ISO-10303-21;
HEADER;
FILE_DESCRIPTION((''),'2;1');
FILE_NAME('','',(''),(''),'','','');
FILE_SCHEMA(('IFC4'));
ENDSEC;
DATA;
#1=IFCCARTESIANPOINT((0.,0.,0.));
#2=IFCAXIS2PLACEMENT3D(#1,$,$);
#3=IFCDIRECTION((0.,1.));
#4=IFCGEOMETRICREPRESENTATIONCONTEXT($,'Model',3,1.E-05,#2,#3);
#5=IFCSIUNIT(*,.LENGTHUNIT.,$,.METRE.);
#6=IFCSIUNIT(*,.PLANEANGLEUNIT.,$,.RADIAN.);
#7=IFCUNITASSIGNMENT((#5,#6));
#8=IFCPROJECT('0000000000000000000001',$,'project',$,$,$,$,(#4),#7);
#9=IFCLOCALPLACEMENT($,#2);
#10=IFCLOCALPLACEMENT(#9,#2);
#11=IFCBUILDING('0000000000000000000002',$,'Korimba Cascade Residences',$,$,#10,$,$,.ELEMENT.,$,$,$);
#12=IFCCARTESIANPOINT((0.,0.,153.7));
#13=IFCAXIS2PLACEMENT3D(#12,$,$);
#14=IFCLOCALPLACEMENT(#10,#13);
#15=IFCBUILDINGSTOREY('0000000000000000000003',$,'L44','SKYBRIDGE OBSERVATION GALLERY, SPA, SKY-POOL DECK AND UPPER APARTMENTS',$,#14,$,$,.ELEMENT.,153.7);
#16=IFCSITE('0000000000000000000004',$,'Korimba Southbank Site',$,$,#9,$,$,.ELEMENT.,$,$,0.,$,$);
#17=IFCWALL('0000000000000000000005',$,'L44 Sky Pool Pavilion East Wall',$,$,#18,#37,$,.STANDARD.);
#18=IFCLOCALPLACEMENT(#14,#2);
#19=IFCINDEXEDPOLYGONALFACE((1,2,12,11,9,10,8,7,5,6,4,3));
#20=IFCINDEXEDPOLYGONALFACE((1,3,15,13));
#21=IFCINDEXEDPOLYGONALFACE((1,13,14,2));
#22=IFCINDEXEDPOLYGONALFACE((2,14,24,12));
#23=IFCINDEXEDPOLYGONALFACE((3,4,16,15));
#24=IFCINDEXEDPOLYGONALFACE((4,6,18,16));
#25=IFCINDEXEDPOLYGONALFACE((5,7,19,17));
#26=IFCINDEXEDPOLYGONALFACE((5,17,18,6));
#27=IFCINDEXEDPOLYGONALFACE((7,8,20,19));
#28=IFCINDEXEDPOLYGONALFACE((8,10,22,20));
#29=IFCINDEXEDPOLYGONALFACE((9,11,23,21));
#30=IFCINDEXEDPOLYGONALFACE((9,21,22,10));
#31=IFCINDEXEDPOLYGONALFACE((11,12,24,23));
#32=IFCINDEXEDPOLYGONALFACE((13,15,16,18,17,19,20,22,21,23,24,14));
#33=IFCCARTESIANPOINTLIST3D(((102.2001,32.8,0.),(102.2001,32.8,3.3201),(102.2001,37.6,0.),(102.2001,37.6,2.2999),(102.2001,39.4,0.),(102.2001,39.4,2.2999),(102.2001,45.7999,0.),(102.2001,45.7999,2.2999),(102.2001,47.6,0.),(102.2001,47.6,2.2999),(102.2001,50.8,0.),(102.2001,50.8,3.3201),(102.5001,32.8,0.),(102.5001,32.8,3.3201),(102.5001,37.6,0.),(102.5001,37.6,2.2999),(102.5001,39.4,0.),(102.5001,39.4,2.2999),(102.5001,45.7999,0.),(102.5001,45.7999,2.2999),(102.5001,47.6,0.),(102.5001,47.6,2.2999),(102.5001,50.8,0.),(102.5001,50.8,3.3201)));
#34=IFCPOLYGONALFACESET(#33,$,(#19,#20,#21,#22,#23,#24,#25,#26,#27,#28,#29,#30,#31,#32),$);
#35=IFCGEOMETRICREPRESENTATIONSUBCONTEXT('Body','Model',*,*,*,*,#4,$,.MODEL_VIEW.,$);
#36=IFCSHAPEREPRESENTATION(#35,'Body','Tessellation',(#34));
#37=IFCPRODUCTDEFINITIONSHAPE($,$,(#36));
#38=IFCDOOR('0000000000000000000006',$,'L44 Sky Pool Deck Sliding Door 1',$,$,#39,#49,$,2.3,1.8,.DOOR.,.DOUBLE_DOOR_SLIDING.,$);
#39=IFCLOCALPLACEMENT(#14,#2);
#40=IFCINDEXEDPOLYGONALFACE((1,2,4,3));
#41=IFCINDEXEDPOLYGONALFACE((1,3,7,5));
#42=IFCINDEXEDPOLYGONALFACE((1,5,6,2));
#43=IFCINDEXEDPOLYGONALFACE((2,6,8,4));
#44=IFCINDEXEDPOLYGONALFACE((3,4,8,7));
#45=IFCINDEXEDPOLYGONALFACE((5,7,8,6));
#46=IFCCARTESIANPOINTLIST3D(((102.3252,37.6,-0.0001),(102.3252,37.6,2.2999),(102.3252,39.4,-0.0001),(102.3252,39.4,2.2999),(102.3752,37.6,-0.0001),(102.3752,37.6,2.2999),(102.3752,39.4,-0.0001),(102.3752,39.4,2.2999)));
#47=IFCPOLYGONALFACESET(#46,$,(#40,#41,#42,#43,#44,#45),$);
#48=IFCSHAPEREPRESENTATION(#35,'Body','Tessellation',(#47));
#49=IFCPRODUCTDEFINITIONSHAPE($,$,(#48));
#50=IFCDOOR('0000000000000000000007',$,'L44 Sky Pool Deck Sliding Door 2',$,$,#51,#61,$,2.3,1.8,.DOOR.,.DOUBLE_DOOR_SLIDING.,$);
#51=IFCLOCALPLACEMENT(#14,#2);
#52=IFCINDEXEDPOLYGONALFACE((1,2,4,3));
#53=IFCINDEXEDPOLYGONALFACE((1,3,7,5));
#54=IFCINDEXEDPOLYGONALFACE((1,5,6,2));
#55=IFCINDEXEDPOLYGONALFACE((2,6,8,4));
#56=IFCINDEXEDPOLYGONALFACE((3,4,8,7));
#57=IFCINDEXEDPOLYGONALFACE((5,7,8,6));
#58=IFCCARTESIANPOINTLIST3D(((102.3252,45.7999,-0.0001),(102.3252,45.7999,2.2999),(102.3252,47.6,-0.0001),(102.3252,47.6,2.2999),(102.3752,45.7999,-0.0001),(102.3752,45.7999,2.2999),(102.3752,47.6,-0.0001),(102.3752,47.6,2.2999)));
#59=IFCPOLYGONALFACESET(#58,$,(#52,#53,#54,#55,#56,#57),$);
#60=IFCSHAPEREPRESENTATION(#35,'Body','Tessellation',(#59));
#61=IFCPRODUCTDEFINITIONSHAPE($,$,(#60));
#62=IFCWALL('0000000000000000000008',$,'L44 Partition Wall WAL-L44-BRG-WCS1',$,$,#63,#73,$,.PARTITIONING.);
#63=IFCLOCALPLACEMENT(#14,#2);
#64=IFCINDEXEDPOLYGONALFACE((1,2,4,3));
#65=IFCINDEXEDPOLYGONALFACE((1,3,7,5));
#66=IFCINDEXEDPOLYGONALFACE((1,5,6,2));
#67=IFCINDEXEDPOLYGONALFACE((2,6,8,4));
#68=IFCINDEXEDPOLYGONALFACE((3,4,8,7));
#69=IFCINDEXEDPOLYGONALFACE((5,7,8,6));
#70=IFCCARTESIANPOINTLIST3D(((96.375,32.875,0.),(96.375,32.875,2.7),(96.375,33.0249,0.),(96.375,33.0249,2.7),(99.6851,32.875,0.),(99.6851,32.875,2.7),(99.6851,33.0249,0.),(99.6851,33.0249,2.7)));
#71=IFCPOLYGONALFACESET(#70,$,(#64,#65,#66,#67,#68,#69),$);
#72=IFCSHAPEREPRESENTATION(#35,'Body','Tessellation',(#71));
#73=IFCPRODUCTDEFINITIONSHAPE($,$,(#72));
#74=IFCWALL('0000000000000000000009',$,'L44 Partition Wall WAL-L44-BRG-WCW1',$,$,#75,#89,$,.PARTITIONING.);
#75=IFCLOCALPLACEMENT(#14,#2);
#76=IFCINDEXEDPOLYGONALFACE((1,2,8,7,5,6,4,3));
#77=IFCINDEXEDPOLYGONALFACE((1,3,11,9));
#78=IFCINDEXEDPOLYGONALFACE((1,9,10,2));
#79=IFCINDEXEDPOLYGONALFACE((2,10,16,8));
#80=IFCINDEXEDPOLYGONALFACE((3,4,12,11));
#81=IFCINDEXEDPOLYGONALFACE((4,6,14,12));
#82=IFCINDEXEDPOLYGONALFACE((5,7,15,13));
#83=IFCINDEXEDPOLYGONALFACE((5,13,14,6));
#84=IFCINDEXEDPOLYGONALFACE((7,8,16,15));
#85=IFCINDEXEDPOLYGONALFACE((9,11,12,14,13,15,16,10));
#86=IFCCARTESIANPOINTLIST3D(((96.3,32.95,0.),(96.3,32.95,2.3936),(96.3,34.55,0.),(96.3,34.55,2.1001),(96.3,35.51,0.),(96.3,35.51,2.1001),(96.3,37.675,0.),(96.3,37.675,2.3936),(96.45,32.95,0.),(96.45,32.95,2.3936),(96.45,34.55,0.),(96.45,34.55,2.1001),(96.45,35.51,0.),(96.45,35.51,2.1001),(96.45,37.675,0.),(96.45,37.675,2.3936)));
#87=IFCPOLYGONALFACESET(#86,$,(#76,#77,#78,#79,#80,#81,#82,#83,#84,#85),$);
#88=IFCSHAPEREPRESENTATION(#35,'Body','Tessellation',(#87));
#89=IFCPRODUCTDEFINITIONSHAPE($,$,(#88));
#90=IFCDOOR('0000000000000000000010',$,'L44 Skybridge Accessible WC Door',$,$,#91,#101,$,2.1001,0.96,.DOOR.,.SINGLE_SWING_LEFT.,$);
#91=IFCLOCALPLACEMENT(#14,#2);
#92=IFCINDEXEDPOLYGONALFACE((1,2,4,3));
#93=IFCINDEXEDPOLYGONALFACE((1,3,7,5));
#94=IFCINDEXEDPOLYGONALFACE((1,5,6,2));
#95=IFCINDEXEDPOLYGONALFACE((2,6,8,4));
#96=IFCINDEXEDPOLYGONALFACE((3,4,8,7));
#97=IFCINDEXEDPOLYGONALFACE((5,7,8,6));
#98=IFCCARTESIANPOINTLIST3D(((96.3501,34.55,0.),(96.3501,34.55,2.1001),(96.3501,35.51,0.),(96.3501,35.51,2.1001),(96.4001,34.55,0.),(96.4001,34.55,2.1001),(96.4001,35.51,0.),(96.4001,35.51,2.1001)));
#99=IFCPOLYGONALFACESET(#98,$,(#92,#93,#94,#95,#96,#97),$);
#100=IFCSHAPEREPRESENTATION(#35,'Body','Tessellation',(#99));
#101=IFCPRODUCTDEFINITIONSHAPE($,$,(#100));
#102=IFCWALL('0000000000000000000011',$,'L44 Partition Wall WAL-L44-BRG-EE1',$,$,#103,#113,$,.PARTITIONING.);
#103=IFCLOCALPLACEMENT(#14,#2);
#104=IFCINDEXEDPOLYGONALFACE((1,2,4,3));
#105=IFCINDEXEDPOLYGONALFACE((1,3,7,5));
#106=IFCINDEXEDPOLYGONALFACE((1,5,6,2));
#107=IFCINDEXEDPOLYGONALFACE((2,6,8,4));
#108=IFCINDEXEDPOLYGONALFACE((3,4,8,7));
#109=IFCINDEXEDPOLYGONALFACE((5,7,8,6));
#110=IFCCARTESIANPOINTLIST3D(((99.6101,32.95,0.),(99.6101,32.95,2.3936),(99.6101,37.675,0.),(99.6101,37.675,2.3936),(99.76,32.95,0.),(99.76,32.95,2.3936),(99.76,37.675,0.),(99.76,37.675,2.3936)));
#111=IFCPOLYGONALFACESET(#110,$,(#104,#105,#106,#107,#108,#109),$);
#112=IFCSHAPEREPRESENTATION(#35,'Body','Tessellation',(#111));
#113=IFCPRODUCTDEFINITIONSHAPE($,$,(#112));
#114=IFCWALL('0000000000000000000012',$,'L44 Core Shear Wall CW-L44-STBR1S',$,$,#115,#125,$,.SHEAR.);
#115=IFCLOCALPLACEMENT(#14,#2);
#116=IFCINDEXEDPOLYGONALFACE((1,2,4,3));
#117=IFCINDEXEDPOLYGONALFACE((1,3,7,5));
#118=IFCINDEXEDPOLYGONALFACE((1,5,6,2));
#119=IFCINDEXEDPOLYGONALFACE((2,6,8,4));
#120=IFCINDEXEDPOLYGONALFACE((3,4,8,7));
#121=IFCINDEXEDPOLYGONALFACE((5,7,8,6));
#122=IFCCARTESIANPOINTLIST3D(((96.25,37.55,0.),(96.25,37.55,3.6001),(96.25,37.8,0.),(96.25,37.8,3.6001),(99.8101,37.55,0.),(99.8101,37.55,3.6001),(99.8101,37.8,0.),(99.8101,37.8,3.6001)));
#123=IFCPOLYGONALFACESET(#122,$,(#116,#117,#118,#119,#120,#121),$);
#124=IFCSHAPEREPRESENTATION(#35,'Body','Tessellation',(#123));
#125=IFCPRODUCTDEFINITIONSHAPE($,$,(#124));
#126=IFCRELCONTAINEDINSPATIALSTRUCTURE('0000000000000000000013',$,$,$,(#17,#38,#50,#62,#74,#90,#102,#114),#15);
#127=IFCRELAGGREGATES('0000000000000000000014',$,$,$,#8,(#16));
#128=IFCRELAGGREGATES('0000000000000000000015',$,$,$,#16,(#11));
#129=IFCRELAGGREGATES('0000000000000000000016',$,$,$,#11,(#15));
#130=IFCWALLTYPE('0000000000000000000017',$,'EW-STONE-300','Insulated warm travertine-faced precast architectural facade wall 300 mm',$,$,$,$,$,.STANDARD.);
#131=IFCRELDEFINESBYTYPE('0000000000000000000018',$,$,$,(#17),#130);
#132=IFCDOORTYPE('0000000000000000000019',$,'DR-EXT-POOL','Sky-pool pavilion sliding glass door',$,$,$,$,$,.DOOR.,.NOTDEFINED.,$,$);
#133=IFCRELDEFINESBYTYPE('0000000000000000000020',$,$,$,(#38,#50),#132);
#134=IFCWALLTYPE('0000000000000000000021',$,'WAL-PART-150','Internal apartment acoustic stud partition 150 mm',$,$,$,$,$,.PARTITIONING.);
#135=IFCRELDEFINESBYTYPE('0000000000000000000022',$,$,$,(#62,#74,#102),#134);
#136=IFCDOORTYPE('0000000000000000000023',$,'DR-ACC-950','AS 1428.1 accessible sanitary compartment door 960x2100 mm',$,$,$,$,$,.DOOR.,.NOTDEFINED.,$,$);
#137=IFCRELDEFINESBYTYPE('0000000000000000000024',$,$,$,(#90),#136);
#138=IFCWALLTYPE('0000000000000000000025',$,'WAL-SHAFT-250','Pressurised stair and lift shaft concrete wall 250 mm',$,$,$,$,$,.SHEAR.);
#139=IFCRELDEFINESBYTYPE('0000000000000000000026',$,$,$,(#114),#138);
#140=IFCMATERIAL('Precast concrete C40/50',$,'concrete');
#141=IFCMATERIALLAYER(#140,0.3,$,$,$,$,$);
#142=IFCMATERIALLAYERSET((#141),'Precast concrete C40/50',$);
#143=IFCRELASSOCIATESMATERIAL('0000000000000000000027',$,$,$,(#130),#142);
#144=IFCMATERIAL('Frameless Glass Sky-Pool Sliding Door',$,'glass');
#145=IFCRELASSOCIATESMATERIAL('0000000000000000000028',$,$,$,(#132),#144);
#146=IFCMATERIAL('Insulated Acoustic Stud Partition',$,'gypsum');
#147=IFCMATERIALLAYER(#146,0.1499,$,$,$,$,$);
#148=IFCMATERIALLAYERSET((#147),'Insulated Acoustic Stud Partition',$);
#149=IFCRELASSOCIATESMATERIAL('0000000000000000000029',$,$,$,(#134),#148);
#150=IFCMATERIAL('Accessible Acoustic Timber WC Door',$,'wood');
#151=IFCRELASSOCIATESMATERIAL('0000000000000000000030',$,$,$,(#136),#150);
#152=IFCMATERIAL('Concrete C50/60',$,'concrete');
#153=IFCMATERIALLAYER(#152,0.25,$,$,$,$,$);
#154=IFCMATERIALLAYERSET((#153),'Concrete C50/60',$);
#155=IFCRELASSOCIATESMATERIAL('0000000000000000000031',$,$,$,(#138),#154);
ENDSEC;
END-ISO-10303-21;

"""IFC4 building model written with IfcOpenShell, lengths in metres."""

from ifc_helpers import new_model, si_unit, direction, frame, frame_2d, origin, place, context, subcontext, project, spatial, rectangle, extrude, material, layer, layer_set, type_object, element, fill, save


model = new_model("IFC4")

# Units and contexts
model_context = context("Model", 3, precision=1e-05, world=origin(), true_north=direction((0.0, 1.0)))
body_context = subcontext(model_context, "Body", "Model", "MODEL_VIEW")
ifc_project = project(units=[si_unit("LENGTHUNIT", "METRE"), si_unit("PLANEANGLEUNIT", "RADIAN")], contexts=[model_context])

# Site, building, storey
site_placement = place(None, origin())
site = spatial("IfcSite", under=ifc_project, at=site_placement, Name="Korimba Southbank Site", CompositionType="ELEMENT", RefElevation=0.0)
building_placement = place(site_placement, origin())
building = spatial("IfcBuilding", under=site, at=building_placement, Name="Korimba Cascade Residences", CompositionType="ELEMENT")
storey_placement = place(building_placement, frame((0.0, 0.0, 153.7)))
storey = spatial("IfcBuildingStorey", under=building, at=storey_placement, Name="L44", Description="SKYBRIDGE OBSERVATION GALLERY, SPA, SKY-POOL DECK AND UPPER APARTMENTS", CompositionType="ELEMENT", Elevation=153.7)

# Wall, openings, doors
ifc_material_1 = material(Name="Precast concrete C40/50", Category="concrete")
ifc_layer_1 = layer(ifc_material_1, 0.3)
ifc_layer_set_1 = layer_set([ifc_layer_1], Name="Precast concrete C40/50")
wall_type_1 = type_object("IfcWallType", Name="EW-STONE-300", Description="Insulated warm travertine-faced precast architectural facade wall 300 mm", PredefinedType="STANDARD", material=ifc_layer_set_1)
wall_1_placement = place(storey_placement, frame((102.3501, 32.8, 0.0), z_axis=(0.0, 0.0, 1.0), x_axis=(0.0, 1.0, 0.0)))
wall_1 = element("IfcWall", 1, at=wall_1_placement, inside=storey, type_object=wall_type_1, Name="L44 Sky Pool Pavilion East Wall", PredefinedType="STANDARD", context=body_context, shape_type="SweptSolid", body=[
    extrude(rectangle(XDim=18.0, YDim=0.3, at=frame_2d((9.0, 0.0))), origin(), (0.0, 0.0, 1.0), 3.3201),
])
opening_1_placement = place(wall_1_placement, frame((4.8, 0.0, 0.0)))
opening_1 = element("IfcOpeningElement", 2, at=opening_1_placement, cuts=wall_1, PredefinedType="OPENING", context=body_context, shape_type="SweptSolid", body=[
    extrude(rectangle(XDim=1.8, YDim=2.3, at=frame_2d((0.8999, 1.1499))), frame((0.0, 0.1602, 0.0), z_axis=(0.0, -1.0, 0.0), x_axis=(1.0, 0.0, 0.0)), (0.0, 0.0, 1.0), 0.3201),
])
opening_2_placement = place(wall_1_placement, frame((13.0, 0.0, 0.0)))
opening_2 = element("IfcOpeningElement", 3, at=opening_2_placement, cuts=wall_1, PredefinedType="OPENING", context=body_context, shape_type="SweptSolid", body=[
    extrude(rectangle(XDim=1.8, YDim=2.3, at=frame_2d((0.8999, 1.1499))), frame((0.0, 0.1602, 0.0), z_axis=(0.0, -1.0, 0.0), x_axis=(1.0, 0.0, 0.0)), (0.0, 0.0, 1.0), 0.3201),
])
ifc_material_2 = material(Name="Frameless Glass Sky-Pool Sliding Door", Category="glass")
door_type_1 = type_object("IfcDoorType", Name="DR-EXT-POOL", Description="Sky-pool pavilion sliding glass door", OperationType="NOTDEFINED", PredefinedType="DOOR", material=ifc_material_2)
door_1_placement = place(opening_1_placement, origin())
door_1 = element("IfcDoor", 4, at=door_1_placement, inside=storey, type_object=door_type_1, Name="L44 Sky Pool Deck Sliding Door 1", OperationType="DOUBLE_DOOR_SLIDING", OverallHeight=2.3, OverallWidth=1.8, PredefinedType="DOOR", context=body_context, shape_type="SweptSolid", body=[
    extrude(rectangle(XDim=1.8, YDim=2.3, at=frame_2d((0.8999, 1.1499))), frame((0.0, 0.0249, 0.0), z_axis=(0.0, -1.0, 0.0), x_axis=(1.0, 0.0, 0.0)), (0.0, 0.0, 1.0), 0.05),
])
fill(opening_1, door_1)
door_2_placement = place(opening_2_placement, origin())
door_2 = element("IfcDoor", 5, at=door_2_placement, inside=storey, type_object=door_type_1, Name="L44 Sky Pool Deck Sliding Door 2", OperationType="DOUBLE_DOOR_SLIDING", OverallHeight=2.3, OverallWidth=1.8, PredefinedType="DOOR", context=body_context, shape_type="SweptSolid", body=[
    extrude(rectangle(XDim=1.8, YDim=2.3, at=frame_2d((0.8999, 1.1499))), frame((0.0, 0.0249, 0.0), z_axis=(0.0, -1.0, 0.0), x_axis=(1.0, 0.0, 0.0)), (0.0, 0.0, 1.0), 0.05),
])
fill(opening_2, door_2)

# Wall
ifc_material_3 = material(Name="Insulated Acoustic Stud Partition", Category="gypsum")
ifc_layer_2 = layer(ifc_material_3, 0.1499)
ifc_layer_set_2 = layer_set([ifc_layer_2], Name="Insulated Acoustic Stud Partition")
wall_type_2 = type_object("IfcWallType", Name="WAL-PART-150", Description="Internal apartment acoustic stud partition 150 mm", PredefinedType="PARTITIONING", material=ifc_layer_set_2)
wall_2_placement = place(storey_placement, frame((96.375, 32.95, 0.0), z_axis=(0.0, 0.0, 1.0), x_axis=(1.0, 0.0, 0.0)))
element("IfcWall", 6, at=wall_2_placement, inside=storey, type_object=wall_type_2, Name="L44 Partition Wall WAL-L44-BRG-WCS1", PredefinedType="PARTITIONING", context=body_context, shape_type="SweptSolid", body=[
    extrude(rectangle(XDim=3.3101, YDim=0.1499, at=frame_2d((1.655, 0.0))), origin(), (0.0, 0.0, 1.0), 2.7),
])

# Wall, opening, door
wall_3_placement = place(storey_placement, frame((96.375, 32.95, 0.0), z_axis=(0.0, 0.0, 1.0), x_axis=(0.0, 1.0, 0.0)))
wall_3 = element("IfcWall", 7, at=wall_3_placement, inside=storey, type_object=wall_type_2, Name="L44 Partition Wall WAL-L44-BRG-WCW1", PredefinedType="PARTITIONING", context=body_context, shape_type="SweptSolid", body=[
    extrude(rectangle(XDim=4.7251, YDim=0.1499, at=frame_2d((2.3625, 0.0))), origin(), (0.0, 0.0, 1.0), 2.3936),
])
opening_3_placement = place(wall_3_placement, frame((1.6001, 0.0, 0.0)))
opening_3 = element("IfcOpeningElement", 8, at=opening_3_placement, cuts=wall_3, PredefinedType="OPENING", context=body_context, shape_type="SweptSolid", body=[
    extrude(rectangle(XDim=0.96, YDim=2.1001, at=frame_2d((0.48, 1.05))), frame((0.0, 0.085, 0.0), z_axis=(0.0, -1.0, 0.0), x_axis=(1.0, 0.0, 0.0)), (0.0, 0.0, 1.0), 0.1699),
])
ifc_material_4 = material(Name="Accessible Acoustic Timber WC Door", Category="wood")
door_type_2 = type_object("IfcDoorType", Name="DR-ACC-950", Description="AS 1428.1 accessible sanitary compartment door 960x2100 mm", OperationType="NOTDEFINED", PredefinedType="DOOR", material=ifc_material_4)
door_3_placement = place(opening_3_placement, origin())
door_3 = element("IfcDoor", 9, at=door_3_placement, inside=storey, type_object=door_type_2, Name="L44 Skybridge Accessible WC Door", OperationType="SINGLE_SWING_LEFT", OverallHeight=2.1001, OverallWidth=0.96, PredefinedType="DOOR", context=body_context, shape_type="SweptSolid", body=[
    extrude(rectangle(XDim=0.96, YDim=2.1001, at=frame_2d((0.48, 1.05))), frame((0.0, 0.0249, 0.0), z_axis=(0.0, -1.0, 0.0), x_axis=(1.0, 0.0, 0.0)), (0.0, 0.0, 1.0), 0.05),
])
fill(opening_3, door_3)

# Walls
wall_4_placement = place(storey_placement, frame((99.6851, 32.95, 0.0), z_axis=(0.0, 0.0, 1.0), x_axis=(0.0, 1.0, 0.0)))
element("IfcWall", 10, at=wall_4_placement, inside=storey, type_object=wall_type_2, Name="L44 Partition Wall WAL-L44-BRG-EE1", PredefinedType="PARTITIONING", context=body_context, shape_type="SweptSolid", body=[
    extrude(rectangle(XDim=4.7251, YDim=0.1499, at=frame_2d((2.3625, 0.0))), origin(), (0.0, 0.0, 1.0), 2.3936),
])
ifc_material_5 = material(Name="Concrete C50/60", Category="concrete")
ifc_layer_3 = layer(ifc_material_5, 0.25)
ifc_layer_set_3 = layer_set([ifc_layer_3], Name="Concrete C50/60")
wall_type_3 = type_object("IfcWallType", Name="WAL-SHAFT-250", Description="Pressurised stair and lift shaft concrete wall 250 mm", PredefinedType="SHEAR", material=ifc_layer_set_3)
wall_5_placement = place(storey_placement, frame((96.25, 37.675, 0.0), z_axis=(0.0, 0.0, 1.0), x_axis=(1.0, 0.0, 0.0)))
element("IfcWall", 11, at=wall_5_placement, inside=storey, type_object=wall_type_3, Name="L44 Core Shear Wall CW-L44-STBR1S", PredefinedType="SHEAR", context=body_context, shape_type="SweptSolid", body=[
    extrude(rectangle(XDim=3.5601, YDim=0.25, at=frame_2d((1.78, 0.0))), origin(), (0.0, 0.0, 1.0), 3.6001),
])

save(model, "model.ifc")
